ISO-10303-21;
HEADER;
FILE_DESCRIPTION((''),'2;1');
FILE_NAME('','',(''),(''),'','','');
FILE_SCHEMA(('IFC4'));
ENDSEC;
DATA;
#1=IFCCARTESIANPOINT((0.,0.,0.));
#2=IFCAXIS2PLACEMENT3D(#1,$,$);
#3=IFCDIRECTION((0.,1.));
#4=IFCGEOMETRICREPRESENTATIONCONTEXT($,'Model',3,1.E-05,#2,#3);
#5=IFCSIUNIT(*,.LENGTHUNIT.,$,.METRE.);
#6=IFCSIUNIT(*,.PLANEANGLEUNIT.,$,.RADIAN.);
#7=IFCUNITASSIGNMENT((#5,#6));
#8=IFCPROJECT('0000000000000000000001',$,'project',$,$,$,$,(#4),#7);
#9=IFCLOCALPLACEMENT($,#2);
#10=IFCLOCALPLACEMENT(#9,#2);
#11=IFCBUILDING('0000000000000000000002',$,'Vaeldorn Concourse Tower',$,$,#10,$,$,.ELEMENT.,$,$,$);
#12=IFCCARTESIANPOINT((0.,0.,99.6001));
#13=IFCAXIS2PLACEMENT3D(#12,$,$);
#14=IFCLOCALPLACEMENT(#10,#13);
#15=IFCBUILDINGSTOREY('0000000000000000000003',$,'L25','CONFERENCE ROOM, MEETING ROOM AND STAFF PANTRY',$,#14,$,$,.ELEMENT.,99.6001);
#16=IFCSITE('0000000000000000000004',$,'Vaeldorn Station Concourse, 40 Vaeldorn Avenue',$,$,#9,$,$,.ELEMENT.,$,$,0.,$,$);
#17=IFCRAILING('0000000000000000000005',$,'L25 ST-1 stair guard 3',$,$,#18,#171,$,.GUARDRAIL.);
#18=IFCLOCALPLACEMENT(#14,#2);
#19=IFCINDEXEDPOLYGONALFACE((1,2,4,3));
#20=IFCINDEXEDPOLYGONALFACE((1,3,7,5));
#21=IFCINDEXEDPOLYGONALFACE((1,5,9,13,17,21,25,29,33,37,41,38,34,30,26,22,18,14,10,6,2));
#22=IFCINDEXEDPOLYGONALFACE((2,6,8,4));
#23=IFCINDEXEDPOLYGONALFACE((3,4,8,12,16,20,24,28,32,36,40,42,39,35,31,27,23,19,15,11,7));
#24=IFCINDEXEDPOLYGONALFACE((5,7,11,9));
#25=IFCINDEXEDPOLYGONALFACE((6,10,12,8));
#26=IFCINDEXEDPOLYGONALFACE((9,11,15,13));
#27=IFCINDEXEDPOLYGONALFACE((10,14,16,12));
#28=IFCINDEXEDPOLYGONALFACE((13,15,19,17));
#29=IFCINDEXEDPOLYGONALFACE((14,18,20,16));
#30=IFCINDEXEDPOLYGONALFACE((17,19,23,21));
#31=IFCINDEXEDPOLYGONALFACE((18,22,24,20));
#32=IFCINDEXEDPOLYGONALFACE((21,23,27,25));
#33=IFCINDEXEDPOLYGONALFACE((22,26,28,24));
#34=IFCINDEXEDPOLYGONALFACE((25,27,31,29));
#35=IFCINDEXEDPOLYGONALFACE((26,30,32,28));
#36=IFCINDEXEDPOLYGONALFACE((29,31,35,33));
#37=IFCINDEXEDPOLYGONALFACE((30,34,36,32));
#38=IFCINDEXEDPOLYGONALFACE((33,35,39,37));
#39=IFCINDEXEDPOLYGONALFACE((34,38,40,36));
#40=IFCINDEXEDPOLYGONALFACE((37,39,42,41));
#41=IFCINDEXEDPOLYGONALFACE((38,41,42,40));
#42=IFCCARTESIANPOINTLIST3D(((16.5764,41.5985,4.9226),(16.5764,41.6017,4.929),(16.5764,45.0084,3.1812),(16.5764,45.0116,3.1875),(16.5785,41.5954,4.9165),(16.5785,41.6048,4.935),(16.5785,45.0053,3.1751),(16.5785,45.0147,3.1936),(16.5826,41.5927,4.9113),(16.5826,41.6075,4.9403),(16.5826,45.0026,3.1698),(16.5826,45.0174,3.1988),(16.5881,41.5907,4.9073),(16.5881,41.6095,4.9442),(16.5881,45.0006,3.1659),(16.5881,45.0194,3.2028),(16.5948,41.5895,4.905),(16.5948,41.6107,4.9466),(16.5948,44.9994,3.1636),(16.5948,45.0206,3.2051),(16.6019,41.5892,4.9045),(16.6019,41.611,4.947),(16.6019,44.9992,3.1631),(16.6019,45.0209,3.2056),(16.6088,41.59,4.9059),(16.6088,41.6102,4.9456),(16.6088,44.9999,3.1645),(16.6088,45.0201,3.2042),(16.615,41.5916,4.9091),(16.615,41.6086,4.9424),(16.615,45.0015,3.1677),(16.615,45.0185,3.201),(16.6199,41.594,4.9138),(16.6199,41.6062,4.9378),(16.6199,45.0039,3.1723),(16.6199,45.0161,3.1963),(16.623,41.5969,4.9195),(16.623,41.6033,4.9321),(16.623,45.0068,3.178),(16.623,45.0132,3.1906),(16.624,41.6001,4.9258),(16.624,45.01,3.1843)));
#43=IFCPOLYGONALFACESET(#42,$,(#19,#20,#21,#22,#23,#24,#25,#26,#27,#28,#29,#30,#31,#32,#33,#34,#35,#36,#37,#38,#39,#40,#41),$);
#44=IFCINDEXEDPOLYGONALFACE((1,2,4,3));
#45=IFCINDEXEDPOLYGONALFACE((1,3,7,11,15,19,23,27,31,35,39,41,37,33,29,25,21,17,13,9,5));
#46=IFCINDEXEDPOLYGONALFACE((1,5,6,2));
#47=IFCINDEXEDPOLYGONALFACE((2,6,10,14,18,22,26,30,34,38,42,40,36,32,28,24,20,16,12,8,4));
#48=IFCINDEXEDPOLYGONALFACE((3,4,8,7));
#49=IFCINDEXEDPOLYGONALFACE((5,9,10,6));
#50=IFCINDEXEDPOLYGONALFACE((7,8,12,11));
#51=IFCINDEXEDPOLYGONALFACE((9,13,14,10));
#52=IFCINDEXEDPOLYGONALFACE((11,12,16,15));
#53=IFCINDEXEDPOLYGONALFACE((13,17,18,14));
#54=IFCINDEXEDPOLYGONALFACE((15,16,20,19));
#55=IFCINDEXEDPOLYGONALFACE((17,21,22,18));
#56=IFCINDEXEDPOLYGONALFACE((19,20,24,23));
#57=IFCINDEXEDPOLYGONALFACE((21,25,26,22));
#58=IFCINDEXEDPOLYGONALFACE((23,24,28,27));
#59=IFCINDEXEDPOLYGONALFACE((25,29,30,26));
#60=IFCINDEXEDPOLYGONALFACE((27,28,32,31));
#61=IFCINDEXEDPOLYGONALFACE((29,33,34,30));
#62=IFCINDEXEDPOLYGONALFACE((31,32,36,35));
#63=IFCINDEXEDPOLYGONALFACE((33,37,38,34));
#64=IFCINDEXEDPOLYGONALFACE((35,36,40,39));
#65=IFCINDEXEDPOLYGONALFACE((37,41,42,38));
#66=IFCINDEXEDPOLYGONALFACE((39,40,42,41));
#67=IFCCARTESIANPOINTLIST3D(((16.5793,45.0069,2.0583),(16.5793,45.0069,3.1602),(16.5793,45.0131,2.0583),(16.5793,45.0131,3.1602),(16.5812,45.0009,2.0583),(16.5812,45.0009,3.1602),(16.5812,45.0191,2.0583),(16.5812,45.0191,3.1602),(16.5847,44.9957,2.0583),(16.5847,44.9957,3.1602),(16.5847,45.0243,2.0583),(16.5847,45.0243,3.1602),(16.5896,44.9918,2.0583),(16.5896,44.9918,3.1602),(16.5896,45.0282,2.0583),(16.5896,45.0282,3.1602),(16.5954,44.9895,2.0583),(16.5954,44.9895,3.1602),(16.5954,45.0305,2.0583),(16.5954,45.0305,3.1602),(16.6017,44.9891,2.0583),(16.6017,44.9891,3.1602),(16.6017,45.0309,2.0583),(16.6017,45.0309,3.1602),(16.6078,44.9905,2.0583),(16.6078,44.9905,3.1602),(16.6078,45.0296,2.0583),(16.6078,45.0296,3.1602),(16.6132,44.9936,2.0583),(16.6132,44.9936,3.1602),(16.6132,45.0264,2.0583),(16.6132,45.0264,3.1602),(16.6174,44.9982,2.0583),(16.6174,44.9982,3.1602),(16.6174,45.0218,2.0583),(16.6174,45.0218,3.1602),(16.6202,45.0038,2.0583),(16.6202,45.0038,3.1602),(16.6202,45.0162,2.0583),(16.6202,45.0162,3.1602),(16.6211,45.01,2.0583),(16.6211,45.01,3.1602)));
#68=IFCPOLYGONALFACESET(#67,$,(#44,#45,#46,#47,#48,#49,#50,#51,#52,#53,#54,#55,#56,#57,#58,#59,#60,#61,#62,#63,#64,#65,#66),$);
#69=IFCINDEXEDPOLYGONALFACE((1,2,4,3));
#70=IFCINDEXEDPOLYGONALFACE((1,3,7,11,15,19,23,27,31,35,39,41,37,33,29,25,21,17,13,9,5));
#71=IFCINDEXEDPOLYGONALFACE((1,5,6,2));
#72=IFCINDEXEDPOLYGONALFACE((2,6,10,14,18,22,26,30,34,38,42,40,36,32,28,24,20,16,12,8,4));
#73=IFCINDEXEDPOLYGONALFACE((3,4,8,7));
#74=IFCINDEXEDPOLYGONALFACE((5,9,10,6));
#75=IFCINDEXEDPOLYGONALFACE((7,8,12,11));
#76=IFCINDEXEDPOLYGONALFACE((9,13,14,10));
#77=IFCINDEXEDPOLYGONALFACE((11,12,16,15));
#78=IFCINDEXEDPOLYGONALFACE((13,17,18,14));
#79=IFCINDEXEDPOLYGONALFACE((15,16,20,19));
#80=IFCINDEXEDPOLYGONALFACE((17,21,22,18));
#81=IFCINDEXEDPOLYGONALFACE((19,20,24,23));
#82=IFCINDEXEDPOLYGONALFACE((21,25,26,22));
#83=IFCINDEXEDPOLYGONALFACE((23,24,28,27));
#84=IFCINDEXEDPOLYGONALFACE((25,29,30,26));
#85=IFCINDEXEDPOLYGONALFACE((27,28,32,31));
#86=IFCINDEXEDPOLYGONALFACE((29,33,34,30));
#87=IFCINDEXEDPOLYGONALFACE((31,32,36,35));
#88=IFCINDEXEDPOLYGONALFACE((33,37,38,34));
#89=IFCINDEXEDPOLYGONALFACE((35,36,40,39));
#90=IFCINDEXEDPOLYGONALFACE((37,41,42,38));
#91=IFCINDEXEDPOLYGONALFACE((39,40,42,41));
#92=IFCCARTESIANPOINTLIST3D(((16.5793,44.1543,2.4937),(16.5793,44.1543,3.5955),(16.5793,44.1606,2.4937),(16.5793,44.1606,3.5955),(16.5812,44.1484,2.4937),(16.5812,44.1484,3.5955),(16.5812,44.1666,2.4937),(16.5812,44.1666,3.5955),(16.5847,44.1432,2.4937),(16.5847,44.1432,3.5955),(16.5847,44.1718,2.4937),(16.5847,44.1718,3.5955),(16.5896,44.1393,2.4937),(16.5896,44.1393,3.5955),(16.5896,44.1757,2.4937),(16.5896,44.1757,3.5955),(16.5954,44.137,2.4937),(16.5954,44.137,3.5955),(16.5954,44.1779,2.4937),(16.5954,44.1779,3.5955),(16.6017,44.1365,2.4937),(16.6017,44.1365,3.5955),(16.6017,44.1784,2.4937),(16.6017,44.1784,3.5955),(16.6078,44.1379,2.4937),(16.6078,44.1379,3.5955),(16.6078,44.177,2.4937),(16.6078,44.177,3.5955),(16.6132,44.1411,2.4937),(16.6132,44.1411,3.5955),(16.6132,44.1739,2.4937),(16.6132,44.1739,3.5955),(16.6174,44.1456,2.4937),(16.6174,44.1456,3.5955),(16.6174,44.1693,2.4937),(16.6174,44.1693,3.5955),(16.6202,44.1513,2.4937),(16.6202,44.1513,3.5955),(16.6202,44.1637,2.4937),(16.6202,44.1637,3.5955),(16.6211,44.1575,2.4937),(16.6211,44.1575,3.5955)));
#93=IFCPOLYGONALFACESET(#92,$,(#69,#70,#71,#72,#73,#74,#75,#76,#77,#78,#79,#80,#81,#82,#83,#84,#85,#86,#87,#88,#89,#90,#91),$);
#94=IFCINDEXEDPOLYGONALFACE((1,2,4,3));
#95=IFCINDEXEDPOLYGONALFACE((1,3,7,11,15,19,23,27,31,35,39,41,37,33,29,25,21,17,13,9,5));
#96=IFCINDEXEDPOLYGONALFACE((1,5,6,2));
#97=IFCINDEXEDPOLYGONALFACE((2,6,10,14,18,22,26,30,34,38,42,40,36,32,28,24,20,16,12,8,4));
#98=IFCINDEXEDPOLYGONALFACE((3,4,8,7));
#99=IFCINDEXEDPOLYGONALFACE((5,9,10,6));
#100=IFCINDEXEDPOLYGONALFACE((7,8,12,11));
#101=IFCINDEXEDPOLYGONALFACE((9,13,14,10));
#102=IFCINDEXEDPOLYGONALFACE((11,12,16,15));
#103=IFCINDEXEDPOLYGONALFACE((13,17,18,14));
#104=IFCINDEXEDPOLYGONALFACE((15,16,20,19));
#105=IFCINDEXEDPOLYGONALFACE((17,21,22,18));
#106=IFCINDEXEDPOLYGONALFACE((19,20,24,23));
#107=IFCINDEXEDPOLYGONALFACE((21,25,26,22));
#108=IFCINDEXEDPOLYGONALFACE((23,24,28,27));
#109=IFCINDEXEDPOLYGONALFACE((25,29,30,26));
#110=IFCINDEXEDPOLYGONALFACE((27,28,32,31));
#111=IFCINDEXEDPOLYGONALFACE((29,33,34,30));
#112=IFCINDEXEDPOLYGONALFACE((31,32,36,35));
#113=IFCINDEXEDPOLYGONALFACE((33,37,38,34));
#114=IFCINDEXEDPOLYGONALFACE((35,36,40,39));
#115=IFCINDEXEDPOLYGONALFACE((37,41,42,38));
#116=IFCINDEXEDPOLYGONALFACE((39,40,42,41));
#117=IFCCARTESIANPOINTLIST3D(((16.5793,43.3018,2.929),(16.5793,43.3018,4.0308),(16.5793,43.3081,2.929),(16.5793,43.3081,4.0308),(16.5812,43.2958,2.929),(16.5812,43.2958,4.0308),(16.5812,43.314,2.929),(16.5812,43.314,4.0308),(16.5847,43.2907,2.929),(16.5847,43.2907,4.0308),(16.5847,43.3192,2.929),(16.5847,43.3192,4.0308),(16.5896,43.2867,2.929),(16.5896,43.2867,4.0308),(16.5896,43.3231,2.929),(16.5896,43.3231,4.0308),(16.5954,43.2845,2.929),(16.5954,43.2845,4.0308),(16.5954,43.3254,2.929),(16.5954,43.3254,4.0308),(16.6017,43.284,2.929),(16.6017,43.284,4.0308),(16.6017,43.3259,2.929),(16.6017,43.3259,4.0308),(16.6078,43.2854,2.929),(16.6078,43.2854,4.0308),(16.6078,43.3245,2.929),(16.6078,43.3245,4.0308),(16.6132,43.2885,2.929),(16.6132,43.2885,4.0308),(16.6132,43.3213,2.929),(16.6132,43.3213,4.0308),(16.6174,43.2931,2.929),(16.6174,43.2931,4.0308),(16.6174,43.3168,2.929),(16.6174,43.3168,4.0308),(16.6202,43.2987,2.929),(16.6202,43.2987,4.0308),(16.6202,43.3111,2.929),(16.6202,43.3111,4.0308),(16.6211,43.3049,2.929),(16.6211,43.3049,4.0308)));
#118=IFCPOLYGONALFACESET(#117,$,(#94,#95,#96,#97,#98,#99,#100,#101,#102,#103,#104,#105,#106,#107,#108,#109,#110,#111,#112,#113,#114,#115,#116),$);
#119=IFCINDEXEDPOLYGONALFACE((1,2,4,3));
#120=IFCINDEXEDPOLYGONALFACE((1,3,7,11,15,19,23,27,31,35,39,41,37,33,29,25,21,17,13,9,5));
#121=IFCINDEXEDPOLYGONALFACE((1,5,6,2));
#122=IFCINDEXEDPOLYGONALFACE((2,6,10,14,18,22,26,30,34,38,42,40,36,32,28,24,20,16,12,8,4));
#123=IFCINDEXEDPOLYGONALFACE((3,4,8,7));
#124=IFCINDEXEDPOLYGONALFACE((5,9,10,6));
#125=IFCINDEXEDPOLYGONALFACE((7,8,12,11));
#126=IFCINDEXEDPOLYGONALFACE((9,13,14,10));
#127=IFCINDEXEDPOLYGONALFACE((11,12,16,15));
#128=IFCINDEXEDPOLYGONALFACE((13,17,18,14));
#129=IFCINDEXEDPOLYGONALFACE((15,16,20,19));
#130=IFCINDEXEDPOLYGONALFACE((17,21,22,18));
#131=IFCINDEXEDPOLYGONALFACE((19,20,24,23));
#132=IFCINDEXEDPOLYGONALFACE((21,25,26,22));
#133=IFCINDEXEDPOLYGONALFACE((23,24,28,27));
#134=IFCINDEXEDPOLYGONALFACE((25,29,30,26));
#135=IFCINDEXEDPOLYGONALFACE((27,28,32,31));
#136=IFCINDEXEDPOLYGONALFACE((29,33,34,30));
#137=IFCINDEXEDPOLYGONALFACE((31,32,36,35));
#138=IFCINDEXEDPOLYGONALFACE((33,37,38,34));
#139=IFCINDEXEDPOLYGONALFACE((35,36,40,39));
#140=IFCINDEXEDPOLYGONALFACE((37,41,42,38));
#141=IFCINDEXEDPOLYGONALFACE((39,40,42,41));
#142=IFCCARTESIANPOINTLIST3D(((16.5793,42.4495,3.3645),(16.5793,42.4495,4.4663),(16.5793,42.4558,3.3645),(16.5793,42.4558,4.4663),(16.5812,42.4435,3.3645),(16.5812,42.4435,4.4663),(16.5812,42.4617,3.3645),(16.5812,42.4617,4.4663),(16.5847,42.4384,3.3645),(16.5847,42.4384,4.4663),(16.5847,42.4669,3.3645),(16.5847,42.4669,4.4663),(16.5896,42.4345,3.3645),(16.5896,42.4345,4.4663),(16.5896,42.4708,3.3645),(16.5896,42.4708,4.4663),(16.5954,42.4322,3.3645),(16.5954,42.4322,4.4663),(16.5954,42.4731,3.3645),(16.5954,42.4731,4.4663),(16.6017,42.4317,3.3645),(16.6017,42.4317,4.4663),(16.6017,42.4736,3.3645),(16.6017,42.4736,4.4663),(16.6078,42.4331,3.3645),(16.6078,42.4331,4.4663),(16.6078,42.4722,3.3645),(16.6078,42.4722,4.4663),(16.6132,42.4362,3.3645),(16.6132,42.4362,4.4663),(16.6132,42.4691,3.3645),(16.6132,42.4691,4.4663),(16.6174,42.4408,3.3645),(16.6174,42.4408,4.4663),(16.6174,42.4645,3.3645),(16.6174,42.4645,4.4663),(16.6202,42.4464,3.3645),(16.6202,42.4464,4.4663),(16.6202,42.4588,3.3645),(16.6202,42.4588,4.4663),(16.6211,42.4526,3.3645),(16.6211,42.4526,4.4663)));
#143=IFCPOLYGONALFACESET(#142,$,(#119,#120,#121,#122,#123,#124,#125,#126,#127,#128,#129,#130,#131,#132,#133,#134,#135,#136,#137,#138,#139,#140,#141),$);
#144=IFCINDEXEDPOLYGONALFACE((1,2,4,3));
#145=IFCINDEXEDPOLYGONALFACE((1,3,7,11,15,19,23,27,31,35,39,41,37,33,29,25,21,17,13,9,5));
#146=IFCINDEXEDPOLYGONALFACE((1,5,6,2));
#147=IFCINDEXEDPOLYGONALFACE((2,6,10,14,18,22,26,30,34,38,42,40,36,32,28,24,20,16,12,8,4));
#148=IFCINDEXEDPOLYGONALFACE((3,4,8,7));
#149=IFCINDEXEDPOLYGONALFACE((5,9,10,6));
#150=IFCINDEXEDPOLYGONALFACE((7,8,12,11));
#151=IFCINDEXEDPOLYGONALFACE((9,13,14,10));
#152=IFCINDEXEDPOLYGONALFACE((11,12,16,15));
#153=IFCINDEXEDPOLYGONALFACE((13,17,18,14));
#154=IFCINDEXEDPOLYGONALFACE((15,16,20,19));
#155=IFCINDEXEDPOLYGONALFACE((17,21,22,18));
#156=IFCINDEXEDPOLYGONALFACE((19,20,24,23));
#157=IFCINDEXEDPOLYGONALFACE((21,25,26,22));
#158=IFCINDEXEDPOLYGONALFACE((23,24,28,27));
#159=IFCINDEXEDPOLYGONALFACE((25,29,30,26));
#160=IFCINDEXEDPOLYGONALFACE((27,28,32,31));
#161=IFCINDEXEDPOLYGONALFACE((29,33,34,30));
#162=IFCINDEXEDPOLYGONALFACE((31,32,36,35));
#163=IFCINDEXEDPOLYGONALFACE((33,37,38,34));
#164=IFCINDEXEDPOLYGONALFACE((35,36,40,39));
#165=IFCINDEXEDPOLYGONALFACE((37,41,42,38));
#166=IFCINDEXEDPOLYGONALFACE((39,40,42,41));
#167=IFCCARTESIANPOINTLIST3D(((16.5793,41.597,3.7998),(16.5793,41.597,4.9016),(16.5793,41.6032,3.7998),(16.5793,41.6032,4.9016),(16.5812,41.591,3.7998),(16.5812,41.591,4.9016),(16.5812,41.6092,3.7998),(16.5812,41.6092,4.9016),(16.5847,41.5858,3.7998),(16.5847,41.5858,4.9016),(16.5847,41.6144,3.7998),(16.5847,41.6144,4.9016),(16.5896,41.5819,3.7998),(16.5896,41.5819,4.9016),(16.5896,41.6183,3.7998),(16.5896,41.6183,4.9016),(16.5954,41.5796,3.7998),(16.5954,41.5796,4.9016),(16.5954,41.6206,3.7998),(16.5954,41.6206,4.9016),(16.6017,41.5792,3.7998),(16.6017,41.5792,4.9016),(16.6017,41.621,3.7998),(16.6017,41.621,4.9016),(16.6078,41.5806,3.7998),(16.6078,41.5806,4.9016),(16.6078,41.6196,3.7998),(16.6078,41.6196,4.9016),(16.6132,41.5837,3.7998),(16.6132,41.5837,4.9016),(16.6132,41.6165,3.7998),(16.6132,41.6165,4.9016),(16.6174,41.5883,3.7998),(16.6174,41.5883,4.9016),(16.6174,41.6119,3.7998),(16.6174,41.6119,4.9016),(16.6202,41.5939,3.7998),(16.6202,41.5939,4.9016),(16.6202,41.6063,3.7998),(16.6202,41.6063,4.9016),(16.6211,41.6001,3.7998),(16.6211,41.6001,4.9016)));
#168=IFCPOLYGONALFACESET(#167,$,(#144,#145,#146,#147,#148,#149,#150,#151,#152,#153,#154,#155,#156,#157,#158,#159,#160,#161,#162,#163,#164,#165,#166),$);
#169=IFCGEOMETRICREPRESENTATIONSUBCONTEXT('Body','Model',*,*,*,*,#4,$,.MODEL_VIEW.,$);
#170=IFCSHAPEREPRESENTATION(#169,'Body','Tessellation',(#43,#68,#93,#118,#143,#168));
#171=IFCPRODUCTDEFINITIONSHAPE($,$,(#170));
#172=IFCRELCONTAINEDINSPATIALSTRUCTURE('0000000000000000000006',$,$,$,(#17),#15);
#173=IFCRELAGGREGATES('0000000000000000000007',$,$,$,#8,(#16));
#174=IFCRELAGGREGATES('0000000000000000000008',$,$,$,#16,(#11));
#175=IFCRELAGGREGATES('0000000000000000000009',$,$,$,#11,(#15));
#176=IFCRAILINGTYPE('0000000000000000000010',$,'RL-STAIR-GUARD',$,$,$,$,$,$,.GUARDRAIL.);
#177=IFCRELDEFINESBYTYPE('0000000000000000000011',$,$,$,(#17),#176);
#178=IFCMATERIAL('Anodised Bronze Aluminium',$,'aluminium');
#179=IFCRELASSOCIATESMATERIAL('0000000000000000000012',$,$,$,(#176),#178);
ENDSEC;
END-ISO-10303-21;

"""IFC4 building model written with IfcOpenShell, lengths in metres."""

from ifc_helpers import new_model, si_unit, direction, frame, origin, origin_2d, place, context, subcontext, project, spatial, circle, extrude, material, type_object, element, save


model = new_model("IFC4")

# Units and contexts
model_context = context("Model", 3, precision=1e-05, world=origin(), true_north=direction((0.0, 1.0)))
body_context = subcontext(model_context, "Body", "Model", "MODEL_VIEW")
ifc_project = project(units=[si_unit("LENGTHUNIT", "METRE"), si_unit("PLANEANGLEUNIT", "RADIAN")], contexts=[model_context])

# Site, building, storey
site_placement = place(None, origin())
site = spatial("IfcSite", under=ifc_project, at=site_placement, Name="Vaeldorn Station Concourse, 40 Vaeldorn Avenue", CompositionType="ELEMENT", RefElevation=0.0)
building_placement = place(site_placement, origin())
building = spatial("IfcBuilding", under=site, at=building_placement, Name="Vaeldorn Concourse Tower", CompositionType="ELEMENT")
storey_placement = place(building_placement, frame((0.0, 0.0, 99.6001)))
storey = spatial("IfcBuildingStorey", under=building, at=storey_placement, Name="L25", Description="CONFERENCE ROOM, MEETING ROOM AND STAFF PANTRY", CompositionType="ELEMENT", Elevation=99.6001)

# Shared definitions
ifc_material_1 = material(Name="Anodised Bronze Aluminium", Category="aluminium")

# Railing
railing_type_1 = type_object("IfcRailingType", Name="RL-STAIR-GUARD", PredefinedType="GUARDRAIL", material=ifc_material_1)
railing_1_placement = place(storey_placement, frame((16.6001, 45.01, 2.0583)))
element("IfcRailing", 1, at=railing_1_placement, inside=storey, type_object=railing_type_1, Name="L25 ST-1 stair guard 3", PredefinedType="GUARDRAIL", context=body_context, shape_type="SweptSolid", body=[
    extrude(circle(Radius=0.0239, at=origin_2d()), frame((0.0, 0.0, 1.126), z_axis=(0.0, -0.890582, 0.454823), x_axis=(1.0, 0.0, 0.0)), (0.0, 0.0, 1.0), 3.8289),
    extrude(circle(Radius=0.021, at=origin_2d()), origin(), (0.0, 0.0, 1.0), 1.1018),
    extrude(circle(Radius=0.021, at=origin_2d()), frame((0.0, -0.8525, 0.4353)), (0.0, 0.0, 1.0), 1.1018),
    extrude(circle(Radius=0.021, at=origin_2d()), frame((0.0, -1.7051, 0.8706)), (0.0, 0.0, 1.0), 1.1018),
    extrude(circle(Radius=0.021, at=origin_2d()), frame((0.0, -2.5574, 1.3062)), (0.0, 0.0, 1.0), 1.1018),
    extrude(circle(Radius=0.021, at=origin_2d()), frame((0.0, -3.4099, 1.7415)), (0.0, 0.0, 1.0), 1.1018),
])

save(model, "model.ifc")
